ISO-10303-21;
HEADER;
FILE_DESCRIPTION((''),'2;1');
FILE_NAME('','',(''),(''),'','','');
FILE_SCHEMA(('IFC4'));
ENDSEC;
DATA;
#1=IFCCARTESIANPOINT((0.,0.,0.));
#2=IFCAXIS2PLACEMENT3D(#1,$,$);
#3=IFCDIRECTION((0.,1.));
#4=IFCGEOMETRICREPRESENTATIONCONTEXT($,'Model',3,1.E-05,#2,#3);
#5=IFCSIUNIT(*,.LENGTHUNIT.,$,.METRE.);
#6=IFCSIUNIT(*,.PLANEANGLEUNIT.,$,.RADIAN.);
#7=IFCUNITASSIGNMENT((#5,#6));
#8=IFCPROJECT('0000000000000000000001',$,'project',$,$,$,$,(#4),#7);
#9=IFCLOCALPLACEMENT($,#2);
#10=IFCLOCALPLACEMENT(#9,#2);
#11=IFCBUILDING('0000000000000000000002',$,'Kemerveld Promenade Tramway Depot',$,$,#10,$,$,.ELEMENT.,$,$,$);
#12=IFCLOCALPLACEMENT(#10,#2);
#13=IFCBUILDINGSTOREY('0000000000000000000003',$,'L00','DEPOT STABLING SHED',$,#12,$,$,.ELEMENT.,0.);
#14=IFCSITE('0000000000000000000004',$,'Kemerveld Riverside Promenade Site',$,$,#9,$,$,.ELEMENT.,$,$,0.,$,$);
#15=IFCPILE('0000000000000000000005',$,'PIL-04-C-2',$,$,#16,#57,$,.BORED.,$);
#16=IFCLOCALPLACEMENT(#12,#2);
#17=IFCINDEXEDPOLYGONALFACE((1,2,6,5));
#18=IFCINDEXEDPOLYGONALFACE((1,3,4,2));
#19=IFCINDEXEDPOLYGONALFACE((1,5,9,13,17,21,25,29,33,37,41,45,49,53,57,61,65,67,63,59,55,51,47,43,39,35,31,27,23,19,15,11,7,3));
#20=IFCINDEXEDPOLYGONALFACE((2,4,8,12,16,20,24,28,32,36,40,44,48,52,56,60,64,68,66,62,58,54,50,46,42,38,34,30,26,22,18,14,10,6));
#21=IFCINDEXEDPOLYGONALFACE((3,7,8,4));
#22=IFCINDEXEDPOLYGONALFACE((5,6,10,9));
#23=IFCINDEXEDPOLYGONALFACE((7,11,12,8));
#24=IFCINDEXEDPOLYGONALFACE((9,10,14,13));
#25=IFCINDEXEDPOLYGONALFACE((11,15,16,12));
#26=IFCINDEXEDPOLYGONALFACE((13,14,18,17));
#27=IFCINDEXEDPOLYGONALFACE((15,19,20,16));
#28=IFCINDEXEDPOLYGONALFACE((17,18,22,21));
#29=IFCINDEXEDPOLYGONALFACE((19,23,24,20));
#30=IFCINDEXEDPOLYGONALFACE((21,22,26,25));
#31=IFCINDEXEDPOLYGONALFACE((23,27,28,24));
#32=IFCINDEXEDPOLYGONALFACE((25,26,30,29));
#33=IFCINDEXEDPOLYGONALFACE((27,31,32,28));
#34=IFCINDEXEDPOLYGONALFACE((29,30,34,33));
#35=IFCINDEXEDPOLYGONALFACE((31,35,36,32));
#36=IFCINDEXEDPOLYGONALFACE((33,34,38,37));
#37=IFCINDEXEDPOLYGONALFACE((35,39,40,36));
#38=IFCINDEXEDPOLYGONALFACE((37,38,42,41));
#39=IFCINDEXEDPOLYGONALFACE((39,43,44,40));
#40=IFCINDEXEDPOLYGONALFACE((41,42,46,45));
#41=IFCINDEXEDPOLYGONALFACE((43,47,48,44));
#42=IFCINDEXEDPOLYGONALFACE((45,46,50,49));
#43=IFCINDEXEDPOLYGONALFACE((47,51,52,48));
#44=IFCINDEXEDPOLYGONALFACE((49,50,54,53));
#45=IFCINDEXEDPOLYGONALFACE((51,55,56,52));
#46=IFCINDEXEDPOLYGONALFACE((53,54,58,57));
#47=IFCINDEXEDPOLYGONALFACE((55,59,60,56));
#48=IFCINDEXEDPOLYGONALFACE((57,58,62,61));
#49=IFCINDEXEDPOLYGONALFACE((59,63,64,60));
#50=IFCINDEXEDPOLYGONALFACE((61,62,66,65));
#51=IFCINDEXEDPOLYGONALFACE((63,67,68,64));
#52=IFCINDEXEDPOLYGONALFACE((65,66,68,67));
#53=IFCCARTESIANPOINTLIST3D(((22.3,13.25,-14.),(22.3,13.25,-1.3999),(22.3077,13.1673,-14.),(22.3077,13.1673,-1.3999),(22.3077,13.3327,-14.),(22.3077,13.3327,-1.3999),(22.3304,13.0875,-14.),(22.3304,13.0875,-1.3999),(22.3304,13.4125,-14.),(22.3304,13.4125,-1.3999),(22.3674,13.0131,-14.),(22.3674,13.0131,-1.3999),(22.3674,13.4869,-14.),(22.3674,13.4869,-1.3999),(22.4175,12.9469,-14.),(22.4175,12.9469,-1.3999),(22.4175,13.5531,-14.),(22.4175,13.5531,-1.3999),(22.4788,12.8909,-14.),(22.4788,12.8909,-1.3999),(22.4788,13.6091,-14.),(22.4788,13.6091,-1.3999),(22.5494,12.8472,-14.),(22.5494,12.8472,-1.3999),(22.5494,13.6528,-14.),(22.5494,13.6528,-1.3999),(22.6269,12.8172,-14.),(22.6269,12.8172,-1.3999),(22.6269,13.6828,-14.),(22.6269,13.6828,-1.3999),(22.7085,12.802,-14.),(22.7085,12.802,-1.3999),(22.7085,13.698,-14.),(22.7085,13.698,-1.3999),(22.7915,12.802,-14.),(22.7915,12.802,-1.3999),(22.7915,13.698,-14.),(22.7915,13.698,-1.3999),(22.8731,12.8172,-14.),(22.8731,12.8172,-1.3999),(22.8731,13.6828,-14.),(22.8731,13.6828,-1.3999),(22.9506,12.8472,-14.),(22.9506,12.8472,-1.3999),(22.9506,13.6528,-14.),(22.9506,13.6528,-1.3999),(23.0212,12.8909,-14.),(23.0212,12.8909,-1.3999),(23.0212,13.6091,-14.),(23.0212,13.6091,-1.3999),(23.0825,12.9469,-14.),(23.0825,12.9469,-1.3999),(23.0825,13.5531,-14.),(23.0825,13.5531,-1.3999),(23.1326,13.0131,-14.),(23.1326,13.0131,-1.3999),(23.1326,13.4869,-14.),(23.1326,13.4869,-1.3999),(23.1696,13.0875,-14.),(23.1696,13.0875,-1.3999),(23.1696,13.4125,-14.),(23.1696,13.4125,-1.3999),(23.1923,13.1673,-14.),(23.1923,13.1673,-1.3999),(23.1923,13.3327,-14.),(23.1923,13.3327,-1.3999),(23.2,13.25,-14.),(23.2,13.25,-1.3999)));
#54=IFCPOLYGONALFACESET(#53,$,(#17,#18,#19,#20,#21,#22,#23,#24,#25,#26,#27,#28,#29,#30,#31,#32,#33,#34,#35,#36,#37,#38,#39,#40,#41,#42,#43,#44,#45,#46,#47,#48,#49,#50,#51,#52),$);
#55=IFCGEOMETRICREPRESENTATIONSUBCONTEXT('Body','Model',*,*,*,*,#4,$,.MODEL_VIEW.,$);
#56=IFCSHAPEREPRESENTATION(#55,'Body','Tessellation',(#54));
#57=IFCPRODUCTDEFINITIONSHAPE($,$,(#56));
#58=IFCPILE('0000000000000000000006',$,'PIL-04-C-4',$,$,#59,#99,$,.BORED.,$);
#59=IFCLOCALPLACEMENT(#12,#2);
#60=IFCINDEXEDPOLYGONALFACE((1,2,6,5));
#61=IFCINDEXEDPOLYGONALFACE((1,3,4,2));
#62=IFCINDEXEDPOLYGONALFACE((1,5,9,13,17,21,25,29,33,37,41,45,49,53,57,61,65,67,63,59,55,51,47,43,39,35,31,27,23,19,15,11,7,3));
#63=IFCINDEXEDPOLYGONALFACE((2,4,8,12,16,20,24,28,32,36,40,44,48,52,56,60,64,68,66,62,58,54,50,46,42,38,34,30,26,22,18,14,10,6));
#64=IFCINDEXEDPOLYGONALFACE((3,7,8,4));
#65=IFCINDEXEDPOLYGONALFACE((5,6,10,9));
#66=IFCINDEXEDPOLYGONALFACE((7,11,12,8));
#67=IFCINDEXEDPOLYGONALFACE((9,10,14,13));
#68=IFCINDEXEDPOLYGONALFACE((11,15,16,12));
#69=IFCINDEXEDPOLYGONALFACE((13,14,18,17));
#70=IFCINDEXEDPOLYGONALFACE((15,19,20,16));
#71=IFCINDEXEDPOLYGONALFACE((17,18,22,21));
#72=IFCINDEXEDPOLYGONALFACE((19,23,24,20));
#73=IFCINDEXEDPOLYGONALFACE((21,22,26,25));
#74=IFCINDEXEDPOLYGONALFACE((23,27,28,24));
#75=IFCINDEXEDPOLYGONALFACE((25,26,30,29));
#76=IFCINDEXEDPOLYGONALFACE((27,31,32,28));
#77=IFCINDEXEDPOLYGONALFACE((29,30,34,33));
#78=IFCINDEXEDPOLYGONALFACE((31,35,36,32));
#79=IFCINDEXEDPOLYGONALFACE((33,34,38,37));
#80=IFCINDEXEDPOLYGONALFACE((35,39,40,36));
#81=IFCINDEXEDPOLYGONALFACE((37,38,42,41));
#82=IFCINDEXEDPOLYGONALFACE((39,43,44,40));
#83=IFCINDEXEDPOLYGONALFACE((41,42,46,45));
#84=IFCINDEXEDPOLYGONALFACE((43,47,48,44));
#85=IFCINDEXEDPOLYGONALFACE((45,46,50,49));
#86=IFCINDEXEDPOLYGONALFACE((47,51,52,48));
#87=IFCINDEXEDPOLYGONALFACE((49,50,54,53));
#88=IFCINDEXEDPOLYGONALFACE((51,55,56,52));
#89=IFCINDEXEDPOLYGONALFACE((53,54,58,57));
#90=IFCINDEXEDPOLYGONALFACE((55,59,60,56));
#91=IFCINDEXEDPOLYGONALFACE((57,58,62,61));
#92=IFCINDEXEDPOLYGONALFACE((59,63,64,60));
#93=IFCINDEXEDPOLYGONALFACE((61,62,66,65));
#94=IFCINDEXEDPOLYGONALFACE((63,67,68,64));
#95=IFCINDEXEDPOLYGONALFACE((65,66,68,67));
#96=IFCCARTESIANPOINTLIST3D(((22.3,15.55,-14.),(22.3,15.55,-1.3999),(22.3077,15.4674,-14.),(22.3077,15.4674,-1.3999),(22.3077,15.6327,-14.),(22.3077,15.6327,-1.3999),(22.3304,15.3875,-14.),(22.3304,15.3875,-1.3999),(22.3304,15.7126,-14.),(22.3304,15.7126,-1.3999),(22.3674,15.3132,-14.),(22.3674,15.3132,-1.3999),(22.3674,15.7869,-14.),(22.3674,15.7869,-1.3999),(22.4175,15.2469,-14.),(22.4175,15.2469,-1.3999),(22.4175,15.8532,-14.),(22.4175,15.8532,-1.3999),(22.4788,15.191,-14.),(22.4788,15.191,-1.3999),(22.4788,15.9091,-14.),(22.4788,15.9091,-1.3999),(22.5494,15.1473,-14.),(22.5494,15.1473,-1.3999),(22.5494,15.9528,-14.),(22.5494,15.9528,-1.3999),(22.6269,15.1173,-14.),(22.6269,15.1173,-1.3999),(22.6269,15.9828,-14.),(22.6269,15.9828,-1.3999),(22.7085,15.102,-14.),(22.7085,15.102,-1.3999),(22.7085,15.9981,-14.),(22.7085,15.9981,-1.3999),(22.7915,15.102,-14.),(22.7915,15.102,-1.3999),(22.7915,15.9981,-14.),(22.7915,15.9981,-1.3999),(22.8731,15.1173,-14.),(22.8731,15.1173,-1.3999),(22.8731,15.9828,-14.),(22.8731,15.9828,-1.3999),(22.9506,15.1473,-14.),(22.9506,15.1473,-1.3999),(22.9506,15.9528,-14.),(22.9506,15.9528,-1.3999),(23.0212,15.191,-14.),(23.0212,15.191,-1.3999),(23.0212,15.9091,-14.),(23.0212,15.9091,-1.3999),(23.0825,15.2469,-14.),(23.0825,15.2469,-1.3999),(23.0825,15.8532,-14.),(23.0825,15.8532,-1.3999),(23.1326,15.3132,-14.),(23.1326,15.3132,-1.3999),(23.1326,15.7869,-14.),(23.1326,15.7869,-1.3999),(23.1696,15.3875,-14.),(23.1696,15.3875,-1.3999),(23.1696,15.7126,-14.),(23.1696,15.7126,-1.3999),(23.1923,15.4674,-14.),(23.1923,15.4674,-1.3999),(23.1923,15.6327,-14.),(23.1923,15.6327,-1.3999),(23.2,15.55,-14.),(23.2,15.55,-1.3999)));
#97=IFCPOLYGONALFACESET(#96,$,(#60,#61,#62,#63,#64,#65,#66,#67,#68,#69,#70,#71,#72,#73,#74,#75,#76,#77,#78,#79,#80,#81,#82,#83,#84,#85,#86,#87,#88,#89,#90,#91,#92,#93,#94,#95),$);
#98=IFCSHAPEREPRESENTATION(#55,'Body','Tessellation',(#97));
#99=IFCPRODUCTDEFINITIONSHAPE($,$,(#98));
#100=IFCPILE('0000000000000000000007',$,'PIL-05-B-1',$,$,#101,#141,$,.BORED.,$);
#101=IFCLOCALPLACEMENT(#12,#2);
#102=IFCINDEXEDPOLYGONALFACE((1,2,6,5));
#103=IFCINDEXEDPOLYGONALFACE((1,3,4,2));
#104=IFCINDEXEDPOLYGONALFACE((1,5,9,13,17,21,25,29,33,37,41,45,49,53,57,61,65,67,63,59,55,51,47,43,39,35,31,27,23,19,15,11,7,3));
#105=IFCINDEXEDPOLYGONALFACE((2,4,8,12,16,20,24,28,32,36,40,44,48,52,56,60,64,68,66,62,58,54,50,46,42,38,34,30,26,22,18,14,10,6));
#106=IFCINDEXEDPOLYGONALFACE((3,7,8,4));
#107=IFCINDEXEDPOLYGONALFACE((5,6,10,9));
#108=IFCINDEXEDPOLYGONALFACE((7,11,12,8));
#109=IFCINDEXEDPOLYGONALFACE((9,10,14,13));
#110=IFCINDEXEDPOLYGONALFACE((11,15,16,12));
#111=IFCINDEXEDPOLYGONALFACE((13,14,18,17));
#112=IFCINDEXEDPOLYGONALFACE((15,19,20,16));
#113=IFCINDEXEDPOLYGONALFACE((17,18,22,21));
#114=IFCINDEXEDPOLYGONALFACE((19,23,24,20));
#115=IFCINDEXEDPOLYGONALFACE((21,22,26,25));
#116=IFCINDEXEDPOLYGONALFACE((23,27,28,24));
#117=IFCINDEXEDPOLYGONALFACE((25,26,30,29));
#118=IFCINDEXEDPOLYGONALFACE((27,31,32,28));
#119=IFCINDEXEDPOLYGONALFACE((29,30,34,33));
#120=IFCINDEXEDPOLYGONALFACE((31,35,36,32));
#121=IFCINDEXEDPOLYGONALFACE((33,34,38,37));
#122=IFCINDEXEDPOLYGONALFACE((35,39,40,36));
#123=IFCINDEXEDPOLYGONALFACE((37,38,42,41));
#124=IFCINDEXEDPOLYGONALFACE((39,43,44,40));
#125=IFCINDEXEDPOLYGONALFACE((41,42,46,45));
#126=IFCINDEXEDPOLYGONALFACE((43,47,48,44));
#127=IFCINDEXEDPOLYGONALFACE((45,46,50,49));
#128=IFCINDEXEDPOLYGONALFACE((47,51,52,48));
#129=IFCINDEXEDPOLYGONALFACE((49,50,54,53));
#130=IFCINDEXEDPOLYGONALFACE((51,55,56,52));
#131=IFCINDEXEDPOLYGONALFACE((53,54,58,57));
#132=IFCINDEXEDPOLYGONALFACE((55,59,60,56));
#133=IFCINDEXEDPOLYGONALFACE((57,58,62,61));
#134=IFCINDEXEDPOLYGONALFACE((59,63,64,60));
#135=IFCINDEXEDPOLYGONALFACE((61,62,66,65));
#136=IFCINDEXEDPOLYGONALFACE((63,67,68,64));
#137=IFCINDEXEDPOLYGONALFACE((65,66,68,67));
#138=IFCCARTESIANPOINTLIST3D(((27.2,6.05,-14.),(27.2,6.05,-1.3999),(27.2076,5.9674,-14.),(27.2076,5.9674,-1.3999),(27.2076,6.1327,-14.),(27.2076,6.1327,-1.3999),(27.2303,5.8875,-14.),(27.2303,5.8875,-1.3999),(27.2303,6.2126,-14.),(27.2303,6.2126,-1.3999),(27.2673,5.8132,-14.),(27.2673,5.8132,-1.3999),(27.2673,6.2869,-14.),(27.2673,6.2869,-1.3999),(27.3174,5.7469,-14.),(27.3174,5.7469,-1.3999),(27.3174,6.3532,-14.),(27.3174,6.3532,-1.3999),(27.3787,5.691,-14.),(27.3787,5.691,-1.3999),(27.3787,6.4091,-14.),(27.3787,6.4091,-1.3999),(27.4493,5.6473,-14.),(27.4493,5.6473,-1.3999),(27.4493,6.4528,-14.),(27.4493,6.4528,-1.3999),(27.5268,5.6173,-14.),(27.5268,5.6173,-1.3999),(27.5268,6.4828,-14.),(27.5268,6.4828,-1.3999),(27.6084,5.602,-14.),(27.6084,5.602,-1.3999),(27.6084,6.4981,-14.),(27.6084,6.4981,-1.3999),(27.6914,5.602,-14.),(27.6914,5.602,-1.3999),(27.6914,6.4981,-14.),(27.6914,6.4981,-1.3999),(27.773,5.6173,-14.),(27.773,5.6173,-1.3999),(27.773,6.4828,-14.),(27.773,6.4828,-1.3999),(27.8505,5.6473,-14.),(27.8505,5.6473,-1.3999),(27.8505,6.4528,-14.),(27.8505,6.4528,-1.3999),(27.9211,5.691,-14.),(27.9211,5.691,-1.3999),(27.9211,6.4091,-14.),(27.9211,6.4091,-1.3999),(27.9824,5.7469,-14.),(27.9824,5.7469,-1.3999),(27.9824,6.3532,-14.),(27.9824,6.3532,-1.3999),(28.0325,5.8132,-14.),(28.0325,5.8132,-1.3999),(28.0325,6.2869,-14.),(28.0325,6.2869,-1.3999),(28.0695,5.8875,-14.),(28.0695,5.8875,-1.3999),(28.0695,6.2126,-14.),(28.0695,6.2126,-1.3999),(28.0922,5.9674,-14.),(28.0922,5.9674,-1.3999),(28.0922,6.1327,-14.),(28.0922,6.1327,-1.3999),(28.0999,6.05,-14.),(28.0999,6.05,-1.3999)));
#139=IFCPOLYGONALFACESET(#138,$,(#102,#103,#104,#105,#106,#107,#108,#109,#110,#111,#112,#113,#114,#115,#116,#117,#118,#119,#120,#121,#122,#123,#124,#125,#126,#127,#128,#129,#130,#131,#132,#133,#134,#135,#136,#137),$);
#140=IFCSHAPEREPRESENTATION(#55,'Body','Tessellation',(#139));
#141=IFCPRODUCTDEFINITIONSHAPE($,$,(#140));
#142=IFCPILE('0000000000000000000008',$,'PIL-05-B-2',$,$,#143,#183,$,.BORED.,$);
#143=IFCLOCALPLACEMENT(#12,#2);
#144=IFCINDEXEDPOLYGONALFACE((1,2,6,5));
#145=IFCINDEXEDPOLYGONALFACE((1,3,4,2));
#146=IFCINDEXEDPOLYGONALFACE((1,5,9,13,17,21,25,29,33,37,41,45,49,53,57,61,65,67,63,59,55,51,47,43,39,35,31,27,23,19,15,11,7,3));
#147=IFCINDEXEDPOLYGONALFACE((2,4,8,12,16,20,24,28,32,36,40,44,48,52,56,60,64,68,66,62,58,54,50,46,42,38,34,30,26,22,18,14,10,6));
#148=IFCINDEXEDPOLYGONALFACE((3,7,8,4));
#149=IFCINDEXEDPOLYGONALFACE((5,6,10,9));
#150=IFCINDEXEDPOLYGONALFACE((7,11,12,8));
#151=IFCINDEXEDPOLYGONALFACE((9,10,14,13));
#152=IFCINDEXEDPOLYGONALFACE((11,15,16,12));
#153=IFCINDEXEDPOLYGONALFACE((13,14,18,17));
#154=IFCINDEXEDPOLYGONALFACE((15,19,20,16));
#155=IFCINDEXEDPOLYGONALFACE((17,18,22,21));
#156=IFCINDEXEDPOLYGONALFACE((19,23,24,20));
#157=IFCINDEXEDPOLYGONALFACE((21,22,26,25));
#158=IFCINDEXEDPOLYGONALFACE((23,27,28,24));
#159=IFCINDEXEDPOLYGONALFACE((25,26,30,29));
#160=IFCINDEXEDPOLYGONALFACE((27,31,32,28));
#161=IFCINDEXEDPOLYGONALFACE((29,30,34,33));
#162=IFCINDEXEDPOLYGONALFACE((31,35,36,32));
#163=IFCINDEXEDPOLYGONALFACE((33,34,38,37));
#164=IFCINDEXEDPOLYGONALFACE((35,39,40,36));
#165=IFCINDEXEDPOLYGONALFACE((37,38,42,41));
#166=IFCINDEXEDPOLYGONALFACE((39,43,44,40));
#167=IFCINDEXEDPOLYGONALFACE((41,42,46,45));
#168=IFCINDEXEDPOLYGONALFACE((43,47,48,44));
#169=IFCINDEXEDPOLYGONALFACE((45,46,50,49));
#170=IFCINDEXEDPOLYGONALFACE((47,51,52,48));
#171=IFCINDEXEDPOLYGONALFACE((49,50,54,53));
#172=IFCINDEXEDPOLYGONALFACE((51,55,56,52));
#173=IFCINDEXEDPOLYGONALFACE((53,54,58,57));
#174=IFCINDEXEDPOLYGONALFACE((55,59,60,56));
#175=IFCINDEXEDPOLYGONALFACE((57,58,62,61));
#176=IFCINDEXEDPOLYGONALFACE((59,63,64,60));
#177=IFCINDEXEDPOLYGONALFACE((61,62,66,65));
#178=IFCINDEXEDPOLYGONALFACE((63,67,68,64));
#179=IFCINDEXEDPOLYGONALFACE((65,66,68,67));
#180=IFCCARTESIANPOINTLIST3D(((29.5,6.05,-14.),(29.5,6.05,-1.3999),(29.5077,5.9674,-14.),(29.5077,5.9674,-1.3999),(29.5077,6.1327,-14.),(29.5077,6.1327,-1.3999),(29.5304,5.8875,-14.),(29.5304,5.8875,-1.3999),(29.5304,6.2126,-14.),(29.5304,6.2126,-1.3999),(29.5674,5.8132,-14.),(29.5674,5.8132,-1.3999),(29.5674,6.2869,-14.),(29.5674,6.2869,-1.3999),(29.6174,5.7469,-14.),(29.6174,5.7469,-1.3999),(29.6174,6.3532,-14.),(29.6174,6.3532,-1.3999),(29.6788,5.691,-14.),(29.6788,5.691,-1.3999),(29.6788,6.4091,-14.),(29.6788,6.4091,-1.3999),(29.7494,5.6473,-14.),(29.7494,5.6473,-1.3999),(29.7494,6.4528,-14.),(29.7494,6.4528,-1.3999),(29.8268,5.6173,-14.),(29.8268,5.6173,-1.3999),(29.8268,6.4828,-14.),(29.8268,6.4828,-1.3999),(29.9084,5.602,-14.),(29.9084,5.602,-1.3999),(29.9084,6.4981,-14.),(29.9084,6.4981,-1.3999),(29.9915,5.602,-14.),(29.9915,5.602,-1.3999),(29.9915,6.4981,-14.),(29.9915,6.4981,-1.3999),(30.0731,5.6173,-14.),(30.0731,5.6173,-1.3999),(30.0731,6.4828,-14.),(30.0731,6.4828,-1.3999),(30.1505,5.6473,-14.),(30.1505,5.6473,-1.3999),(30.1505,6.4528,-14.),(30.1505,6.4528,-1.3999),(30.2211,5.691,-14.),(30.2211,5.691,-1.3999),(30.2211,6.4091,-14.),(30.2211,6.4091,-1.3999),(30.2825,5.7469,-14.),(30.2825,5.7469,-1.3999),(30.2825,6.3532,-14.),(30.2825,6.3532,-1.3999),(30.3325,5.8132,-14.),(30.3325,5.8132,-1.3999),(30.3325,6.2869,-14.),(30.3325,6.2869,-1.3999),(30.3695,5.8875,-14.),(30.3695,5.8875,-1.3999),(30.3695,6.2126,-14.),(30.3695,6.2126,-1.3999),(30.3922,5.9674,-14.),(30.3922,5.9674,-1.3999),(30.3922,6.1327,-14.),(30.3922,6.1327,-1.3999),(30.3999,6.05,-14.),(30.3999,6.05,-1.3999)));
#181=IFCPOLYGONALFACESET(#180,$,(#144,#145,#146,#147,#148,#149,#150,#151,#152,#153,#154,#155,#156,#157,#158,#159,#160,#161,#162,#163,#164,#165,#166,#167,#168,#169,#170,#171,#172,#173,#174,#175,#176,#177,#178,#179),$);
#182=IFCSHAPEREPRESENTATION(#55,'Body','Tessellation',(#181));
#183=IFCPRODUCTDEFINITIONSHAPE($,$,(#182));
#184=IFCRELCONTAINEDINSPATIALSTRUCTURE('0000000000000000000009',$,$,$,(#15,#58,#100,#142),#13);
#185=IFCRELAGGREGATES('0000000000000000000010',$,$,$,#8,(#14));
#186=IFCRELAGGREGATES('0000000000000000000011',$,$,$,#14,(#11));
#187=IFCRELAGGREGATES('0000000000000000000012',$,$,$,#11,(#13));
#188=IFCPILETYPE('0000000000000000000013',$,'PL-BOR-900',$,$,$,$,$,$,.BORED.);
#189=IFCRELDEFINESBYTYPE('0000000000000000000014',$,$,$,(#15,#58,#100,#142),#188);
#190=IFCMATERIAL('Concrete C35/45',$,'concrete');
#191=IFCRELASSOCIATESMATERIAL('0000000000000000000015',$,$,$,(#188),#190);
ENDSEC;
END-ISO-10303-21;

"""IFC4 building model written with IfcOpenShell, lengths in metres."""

from ifc_helpers import new_model, si_unit, direction, frame, origin, origin_2d, place, context, subcontext, project, spatial, circle, extrude, material, material_profile, profile_set, type_object, element, save


model = new_model("IFC4")

# Units and contexts
model_context = context("Model", 3, precision=1e-05, world=origin(), true_north=direction((0.0, 1.0)))
body_context = subcontext(model_context, "Body", "Model", "MODEL_VIEW")
ifc_project = project(units=[si_unit("LENGTHUNIT", "METRE"), si_unit("PLANEANGLEUNIT", "RADIAN")], contexts=[model_context])

# Site, building, storey
site_placement = place(None, origin())
site = spatial("IfcSite", under=ifc_project, at=site_placement, Name="Kemerveld Riverside Promenade Site", CompositionType="ELEMENT", RefElevation=0.0)
building_placement = place(site_placement, origin())
building = spatial("IfcBuilding", under=site, at=building_placement, Name="Kemerveld Promenade Tramway Depot", CompositionType="ELEMENT")
storey_placement = place(building_placement, origin())
storey = spatial("IfcBuildingStorey", under=building, at=storey_placement, Name="L00", Description="DEPOT STABLING SHED", CompositionType="ELEMENT", Elevation=0.0)

# Shared definitions
ifc_material_1 = material(Name="Concrete C35/45", Category="concrete")

# Piles
ifc_material_profile_1 = material_profile(ifc_material_1, circle(Radius=0.45, at=origin_2d()), Name="PILE-D900")
ifc_profile_set_1 = profile_set([ifc_material_profile_1], Name="Concrete C35/45")
pile_type = type_object("IfcPileType", Name="PL-BOR-900", PredefinedType="BORED", material=ifc_profile_set_1)
for number, where, z_axis, x_axis, name in (
    (1, (22.75, 13.25, -1.3999), (0.0, 0.0, -1.0), (1.0, 0.0, 0.0), "PIL-04-C-2"),
    (2, (22.75, 15.55, -1.3999), (0.0, 0.0, -1.0), (1.0, 0.0, 0.0), "PIL-04-C-4"),
    (3, (27.6499, 6.05, -1.3999), (0.0, 0.0, -1.0), (1.0, 0.0, 0.0), "PIL-05-B-1"),
    (4, (29.95, 6.05, -1.3999), (0.0, 0.0, -1.0), (1.0, 0.0, 0.0), "PIL-05-B-2"),
):
    element("IfcPile", number, at=place(storey_placement, frame(where, z_axis=z_axis, x_axis=x_axis)), inside=storey, type_object=pile_type, Name=name, PredefinedType="BORED", context=body_context, shape_type="SweptSolid", body=[
        extrude(circle(Radius=0.45, at=origin_2d()), origin(), (0.0, 0.0, 1.0), 12.6001),
    ])

save(model, "model.ifc")
